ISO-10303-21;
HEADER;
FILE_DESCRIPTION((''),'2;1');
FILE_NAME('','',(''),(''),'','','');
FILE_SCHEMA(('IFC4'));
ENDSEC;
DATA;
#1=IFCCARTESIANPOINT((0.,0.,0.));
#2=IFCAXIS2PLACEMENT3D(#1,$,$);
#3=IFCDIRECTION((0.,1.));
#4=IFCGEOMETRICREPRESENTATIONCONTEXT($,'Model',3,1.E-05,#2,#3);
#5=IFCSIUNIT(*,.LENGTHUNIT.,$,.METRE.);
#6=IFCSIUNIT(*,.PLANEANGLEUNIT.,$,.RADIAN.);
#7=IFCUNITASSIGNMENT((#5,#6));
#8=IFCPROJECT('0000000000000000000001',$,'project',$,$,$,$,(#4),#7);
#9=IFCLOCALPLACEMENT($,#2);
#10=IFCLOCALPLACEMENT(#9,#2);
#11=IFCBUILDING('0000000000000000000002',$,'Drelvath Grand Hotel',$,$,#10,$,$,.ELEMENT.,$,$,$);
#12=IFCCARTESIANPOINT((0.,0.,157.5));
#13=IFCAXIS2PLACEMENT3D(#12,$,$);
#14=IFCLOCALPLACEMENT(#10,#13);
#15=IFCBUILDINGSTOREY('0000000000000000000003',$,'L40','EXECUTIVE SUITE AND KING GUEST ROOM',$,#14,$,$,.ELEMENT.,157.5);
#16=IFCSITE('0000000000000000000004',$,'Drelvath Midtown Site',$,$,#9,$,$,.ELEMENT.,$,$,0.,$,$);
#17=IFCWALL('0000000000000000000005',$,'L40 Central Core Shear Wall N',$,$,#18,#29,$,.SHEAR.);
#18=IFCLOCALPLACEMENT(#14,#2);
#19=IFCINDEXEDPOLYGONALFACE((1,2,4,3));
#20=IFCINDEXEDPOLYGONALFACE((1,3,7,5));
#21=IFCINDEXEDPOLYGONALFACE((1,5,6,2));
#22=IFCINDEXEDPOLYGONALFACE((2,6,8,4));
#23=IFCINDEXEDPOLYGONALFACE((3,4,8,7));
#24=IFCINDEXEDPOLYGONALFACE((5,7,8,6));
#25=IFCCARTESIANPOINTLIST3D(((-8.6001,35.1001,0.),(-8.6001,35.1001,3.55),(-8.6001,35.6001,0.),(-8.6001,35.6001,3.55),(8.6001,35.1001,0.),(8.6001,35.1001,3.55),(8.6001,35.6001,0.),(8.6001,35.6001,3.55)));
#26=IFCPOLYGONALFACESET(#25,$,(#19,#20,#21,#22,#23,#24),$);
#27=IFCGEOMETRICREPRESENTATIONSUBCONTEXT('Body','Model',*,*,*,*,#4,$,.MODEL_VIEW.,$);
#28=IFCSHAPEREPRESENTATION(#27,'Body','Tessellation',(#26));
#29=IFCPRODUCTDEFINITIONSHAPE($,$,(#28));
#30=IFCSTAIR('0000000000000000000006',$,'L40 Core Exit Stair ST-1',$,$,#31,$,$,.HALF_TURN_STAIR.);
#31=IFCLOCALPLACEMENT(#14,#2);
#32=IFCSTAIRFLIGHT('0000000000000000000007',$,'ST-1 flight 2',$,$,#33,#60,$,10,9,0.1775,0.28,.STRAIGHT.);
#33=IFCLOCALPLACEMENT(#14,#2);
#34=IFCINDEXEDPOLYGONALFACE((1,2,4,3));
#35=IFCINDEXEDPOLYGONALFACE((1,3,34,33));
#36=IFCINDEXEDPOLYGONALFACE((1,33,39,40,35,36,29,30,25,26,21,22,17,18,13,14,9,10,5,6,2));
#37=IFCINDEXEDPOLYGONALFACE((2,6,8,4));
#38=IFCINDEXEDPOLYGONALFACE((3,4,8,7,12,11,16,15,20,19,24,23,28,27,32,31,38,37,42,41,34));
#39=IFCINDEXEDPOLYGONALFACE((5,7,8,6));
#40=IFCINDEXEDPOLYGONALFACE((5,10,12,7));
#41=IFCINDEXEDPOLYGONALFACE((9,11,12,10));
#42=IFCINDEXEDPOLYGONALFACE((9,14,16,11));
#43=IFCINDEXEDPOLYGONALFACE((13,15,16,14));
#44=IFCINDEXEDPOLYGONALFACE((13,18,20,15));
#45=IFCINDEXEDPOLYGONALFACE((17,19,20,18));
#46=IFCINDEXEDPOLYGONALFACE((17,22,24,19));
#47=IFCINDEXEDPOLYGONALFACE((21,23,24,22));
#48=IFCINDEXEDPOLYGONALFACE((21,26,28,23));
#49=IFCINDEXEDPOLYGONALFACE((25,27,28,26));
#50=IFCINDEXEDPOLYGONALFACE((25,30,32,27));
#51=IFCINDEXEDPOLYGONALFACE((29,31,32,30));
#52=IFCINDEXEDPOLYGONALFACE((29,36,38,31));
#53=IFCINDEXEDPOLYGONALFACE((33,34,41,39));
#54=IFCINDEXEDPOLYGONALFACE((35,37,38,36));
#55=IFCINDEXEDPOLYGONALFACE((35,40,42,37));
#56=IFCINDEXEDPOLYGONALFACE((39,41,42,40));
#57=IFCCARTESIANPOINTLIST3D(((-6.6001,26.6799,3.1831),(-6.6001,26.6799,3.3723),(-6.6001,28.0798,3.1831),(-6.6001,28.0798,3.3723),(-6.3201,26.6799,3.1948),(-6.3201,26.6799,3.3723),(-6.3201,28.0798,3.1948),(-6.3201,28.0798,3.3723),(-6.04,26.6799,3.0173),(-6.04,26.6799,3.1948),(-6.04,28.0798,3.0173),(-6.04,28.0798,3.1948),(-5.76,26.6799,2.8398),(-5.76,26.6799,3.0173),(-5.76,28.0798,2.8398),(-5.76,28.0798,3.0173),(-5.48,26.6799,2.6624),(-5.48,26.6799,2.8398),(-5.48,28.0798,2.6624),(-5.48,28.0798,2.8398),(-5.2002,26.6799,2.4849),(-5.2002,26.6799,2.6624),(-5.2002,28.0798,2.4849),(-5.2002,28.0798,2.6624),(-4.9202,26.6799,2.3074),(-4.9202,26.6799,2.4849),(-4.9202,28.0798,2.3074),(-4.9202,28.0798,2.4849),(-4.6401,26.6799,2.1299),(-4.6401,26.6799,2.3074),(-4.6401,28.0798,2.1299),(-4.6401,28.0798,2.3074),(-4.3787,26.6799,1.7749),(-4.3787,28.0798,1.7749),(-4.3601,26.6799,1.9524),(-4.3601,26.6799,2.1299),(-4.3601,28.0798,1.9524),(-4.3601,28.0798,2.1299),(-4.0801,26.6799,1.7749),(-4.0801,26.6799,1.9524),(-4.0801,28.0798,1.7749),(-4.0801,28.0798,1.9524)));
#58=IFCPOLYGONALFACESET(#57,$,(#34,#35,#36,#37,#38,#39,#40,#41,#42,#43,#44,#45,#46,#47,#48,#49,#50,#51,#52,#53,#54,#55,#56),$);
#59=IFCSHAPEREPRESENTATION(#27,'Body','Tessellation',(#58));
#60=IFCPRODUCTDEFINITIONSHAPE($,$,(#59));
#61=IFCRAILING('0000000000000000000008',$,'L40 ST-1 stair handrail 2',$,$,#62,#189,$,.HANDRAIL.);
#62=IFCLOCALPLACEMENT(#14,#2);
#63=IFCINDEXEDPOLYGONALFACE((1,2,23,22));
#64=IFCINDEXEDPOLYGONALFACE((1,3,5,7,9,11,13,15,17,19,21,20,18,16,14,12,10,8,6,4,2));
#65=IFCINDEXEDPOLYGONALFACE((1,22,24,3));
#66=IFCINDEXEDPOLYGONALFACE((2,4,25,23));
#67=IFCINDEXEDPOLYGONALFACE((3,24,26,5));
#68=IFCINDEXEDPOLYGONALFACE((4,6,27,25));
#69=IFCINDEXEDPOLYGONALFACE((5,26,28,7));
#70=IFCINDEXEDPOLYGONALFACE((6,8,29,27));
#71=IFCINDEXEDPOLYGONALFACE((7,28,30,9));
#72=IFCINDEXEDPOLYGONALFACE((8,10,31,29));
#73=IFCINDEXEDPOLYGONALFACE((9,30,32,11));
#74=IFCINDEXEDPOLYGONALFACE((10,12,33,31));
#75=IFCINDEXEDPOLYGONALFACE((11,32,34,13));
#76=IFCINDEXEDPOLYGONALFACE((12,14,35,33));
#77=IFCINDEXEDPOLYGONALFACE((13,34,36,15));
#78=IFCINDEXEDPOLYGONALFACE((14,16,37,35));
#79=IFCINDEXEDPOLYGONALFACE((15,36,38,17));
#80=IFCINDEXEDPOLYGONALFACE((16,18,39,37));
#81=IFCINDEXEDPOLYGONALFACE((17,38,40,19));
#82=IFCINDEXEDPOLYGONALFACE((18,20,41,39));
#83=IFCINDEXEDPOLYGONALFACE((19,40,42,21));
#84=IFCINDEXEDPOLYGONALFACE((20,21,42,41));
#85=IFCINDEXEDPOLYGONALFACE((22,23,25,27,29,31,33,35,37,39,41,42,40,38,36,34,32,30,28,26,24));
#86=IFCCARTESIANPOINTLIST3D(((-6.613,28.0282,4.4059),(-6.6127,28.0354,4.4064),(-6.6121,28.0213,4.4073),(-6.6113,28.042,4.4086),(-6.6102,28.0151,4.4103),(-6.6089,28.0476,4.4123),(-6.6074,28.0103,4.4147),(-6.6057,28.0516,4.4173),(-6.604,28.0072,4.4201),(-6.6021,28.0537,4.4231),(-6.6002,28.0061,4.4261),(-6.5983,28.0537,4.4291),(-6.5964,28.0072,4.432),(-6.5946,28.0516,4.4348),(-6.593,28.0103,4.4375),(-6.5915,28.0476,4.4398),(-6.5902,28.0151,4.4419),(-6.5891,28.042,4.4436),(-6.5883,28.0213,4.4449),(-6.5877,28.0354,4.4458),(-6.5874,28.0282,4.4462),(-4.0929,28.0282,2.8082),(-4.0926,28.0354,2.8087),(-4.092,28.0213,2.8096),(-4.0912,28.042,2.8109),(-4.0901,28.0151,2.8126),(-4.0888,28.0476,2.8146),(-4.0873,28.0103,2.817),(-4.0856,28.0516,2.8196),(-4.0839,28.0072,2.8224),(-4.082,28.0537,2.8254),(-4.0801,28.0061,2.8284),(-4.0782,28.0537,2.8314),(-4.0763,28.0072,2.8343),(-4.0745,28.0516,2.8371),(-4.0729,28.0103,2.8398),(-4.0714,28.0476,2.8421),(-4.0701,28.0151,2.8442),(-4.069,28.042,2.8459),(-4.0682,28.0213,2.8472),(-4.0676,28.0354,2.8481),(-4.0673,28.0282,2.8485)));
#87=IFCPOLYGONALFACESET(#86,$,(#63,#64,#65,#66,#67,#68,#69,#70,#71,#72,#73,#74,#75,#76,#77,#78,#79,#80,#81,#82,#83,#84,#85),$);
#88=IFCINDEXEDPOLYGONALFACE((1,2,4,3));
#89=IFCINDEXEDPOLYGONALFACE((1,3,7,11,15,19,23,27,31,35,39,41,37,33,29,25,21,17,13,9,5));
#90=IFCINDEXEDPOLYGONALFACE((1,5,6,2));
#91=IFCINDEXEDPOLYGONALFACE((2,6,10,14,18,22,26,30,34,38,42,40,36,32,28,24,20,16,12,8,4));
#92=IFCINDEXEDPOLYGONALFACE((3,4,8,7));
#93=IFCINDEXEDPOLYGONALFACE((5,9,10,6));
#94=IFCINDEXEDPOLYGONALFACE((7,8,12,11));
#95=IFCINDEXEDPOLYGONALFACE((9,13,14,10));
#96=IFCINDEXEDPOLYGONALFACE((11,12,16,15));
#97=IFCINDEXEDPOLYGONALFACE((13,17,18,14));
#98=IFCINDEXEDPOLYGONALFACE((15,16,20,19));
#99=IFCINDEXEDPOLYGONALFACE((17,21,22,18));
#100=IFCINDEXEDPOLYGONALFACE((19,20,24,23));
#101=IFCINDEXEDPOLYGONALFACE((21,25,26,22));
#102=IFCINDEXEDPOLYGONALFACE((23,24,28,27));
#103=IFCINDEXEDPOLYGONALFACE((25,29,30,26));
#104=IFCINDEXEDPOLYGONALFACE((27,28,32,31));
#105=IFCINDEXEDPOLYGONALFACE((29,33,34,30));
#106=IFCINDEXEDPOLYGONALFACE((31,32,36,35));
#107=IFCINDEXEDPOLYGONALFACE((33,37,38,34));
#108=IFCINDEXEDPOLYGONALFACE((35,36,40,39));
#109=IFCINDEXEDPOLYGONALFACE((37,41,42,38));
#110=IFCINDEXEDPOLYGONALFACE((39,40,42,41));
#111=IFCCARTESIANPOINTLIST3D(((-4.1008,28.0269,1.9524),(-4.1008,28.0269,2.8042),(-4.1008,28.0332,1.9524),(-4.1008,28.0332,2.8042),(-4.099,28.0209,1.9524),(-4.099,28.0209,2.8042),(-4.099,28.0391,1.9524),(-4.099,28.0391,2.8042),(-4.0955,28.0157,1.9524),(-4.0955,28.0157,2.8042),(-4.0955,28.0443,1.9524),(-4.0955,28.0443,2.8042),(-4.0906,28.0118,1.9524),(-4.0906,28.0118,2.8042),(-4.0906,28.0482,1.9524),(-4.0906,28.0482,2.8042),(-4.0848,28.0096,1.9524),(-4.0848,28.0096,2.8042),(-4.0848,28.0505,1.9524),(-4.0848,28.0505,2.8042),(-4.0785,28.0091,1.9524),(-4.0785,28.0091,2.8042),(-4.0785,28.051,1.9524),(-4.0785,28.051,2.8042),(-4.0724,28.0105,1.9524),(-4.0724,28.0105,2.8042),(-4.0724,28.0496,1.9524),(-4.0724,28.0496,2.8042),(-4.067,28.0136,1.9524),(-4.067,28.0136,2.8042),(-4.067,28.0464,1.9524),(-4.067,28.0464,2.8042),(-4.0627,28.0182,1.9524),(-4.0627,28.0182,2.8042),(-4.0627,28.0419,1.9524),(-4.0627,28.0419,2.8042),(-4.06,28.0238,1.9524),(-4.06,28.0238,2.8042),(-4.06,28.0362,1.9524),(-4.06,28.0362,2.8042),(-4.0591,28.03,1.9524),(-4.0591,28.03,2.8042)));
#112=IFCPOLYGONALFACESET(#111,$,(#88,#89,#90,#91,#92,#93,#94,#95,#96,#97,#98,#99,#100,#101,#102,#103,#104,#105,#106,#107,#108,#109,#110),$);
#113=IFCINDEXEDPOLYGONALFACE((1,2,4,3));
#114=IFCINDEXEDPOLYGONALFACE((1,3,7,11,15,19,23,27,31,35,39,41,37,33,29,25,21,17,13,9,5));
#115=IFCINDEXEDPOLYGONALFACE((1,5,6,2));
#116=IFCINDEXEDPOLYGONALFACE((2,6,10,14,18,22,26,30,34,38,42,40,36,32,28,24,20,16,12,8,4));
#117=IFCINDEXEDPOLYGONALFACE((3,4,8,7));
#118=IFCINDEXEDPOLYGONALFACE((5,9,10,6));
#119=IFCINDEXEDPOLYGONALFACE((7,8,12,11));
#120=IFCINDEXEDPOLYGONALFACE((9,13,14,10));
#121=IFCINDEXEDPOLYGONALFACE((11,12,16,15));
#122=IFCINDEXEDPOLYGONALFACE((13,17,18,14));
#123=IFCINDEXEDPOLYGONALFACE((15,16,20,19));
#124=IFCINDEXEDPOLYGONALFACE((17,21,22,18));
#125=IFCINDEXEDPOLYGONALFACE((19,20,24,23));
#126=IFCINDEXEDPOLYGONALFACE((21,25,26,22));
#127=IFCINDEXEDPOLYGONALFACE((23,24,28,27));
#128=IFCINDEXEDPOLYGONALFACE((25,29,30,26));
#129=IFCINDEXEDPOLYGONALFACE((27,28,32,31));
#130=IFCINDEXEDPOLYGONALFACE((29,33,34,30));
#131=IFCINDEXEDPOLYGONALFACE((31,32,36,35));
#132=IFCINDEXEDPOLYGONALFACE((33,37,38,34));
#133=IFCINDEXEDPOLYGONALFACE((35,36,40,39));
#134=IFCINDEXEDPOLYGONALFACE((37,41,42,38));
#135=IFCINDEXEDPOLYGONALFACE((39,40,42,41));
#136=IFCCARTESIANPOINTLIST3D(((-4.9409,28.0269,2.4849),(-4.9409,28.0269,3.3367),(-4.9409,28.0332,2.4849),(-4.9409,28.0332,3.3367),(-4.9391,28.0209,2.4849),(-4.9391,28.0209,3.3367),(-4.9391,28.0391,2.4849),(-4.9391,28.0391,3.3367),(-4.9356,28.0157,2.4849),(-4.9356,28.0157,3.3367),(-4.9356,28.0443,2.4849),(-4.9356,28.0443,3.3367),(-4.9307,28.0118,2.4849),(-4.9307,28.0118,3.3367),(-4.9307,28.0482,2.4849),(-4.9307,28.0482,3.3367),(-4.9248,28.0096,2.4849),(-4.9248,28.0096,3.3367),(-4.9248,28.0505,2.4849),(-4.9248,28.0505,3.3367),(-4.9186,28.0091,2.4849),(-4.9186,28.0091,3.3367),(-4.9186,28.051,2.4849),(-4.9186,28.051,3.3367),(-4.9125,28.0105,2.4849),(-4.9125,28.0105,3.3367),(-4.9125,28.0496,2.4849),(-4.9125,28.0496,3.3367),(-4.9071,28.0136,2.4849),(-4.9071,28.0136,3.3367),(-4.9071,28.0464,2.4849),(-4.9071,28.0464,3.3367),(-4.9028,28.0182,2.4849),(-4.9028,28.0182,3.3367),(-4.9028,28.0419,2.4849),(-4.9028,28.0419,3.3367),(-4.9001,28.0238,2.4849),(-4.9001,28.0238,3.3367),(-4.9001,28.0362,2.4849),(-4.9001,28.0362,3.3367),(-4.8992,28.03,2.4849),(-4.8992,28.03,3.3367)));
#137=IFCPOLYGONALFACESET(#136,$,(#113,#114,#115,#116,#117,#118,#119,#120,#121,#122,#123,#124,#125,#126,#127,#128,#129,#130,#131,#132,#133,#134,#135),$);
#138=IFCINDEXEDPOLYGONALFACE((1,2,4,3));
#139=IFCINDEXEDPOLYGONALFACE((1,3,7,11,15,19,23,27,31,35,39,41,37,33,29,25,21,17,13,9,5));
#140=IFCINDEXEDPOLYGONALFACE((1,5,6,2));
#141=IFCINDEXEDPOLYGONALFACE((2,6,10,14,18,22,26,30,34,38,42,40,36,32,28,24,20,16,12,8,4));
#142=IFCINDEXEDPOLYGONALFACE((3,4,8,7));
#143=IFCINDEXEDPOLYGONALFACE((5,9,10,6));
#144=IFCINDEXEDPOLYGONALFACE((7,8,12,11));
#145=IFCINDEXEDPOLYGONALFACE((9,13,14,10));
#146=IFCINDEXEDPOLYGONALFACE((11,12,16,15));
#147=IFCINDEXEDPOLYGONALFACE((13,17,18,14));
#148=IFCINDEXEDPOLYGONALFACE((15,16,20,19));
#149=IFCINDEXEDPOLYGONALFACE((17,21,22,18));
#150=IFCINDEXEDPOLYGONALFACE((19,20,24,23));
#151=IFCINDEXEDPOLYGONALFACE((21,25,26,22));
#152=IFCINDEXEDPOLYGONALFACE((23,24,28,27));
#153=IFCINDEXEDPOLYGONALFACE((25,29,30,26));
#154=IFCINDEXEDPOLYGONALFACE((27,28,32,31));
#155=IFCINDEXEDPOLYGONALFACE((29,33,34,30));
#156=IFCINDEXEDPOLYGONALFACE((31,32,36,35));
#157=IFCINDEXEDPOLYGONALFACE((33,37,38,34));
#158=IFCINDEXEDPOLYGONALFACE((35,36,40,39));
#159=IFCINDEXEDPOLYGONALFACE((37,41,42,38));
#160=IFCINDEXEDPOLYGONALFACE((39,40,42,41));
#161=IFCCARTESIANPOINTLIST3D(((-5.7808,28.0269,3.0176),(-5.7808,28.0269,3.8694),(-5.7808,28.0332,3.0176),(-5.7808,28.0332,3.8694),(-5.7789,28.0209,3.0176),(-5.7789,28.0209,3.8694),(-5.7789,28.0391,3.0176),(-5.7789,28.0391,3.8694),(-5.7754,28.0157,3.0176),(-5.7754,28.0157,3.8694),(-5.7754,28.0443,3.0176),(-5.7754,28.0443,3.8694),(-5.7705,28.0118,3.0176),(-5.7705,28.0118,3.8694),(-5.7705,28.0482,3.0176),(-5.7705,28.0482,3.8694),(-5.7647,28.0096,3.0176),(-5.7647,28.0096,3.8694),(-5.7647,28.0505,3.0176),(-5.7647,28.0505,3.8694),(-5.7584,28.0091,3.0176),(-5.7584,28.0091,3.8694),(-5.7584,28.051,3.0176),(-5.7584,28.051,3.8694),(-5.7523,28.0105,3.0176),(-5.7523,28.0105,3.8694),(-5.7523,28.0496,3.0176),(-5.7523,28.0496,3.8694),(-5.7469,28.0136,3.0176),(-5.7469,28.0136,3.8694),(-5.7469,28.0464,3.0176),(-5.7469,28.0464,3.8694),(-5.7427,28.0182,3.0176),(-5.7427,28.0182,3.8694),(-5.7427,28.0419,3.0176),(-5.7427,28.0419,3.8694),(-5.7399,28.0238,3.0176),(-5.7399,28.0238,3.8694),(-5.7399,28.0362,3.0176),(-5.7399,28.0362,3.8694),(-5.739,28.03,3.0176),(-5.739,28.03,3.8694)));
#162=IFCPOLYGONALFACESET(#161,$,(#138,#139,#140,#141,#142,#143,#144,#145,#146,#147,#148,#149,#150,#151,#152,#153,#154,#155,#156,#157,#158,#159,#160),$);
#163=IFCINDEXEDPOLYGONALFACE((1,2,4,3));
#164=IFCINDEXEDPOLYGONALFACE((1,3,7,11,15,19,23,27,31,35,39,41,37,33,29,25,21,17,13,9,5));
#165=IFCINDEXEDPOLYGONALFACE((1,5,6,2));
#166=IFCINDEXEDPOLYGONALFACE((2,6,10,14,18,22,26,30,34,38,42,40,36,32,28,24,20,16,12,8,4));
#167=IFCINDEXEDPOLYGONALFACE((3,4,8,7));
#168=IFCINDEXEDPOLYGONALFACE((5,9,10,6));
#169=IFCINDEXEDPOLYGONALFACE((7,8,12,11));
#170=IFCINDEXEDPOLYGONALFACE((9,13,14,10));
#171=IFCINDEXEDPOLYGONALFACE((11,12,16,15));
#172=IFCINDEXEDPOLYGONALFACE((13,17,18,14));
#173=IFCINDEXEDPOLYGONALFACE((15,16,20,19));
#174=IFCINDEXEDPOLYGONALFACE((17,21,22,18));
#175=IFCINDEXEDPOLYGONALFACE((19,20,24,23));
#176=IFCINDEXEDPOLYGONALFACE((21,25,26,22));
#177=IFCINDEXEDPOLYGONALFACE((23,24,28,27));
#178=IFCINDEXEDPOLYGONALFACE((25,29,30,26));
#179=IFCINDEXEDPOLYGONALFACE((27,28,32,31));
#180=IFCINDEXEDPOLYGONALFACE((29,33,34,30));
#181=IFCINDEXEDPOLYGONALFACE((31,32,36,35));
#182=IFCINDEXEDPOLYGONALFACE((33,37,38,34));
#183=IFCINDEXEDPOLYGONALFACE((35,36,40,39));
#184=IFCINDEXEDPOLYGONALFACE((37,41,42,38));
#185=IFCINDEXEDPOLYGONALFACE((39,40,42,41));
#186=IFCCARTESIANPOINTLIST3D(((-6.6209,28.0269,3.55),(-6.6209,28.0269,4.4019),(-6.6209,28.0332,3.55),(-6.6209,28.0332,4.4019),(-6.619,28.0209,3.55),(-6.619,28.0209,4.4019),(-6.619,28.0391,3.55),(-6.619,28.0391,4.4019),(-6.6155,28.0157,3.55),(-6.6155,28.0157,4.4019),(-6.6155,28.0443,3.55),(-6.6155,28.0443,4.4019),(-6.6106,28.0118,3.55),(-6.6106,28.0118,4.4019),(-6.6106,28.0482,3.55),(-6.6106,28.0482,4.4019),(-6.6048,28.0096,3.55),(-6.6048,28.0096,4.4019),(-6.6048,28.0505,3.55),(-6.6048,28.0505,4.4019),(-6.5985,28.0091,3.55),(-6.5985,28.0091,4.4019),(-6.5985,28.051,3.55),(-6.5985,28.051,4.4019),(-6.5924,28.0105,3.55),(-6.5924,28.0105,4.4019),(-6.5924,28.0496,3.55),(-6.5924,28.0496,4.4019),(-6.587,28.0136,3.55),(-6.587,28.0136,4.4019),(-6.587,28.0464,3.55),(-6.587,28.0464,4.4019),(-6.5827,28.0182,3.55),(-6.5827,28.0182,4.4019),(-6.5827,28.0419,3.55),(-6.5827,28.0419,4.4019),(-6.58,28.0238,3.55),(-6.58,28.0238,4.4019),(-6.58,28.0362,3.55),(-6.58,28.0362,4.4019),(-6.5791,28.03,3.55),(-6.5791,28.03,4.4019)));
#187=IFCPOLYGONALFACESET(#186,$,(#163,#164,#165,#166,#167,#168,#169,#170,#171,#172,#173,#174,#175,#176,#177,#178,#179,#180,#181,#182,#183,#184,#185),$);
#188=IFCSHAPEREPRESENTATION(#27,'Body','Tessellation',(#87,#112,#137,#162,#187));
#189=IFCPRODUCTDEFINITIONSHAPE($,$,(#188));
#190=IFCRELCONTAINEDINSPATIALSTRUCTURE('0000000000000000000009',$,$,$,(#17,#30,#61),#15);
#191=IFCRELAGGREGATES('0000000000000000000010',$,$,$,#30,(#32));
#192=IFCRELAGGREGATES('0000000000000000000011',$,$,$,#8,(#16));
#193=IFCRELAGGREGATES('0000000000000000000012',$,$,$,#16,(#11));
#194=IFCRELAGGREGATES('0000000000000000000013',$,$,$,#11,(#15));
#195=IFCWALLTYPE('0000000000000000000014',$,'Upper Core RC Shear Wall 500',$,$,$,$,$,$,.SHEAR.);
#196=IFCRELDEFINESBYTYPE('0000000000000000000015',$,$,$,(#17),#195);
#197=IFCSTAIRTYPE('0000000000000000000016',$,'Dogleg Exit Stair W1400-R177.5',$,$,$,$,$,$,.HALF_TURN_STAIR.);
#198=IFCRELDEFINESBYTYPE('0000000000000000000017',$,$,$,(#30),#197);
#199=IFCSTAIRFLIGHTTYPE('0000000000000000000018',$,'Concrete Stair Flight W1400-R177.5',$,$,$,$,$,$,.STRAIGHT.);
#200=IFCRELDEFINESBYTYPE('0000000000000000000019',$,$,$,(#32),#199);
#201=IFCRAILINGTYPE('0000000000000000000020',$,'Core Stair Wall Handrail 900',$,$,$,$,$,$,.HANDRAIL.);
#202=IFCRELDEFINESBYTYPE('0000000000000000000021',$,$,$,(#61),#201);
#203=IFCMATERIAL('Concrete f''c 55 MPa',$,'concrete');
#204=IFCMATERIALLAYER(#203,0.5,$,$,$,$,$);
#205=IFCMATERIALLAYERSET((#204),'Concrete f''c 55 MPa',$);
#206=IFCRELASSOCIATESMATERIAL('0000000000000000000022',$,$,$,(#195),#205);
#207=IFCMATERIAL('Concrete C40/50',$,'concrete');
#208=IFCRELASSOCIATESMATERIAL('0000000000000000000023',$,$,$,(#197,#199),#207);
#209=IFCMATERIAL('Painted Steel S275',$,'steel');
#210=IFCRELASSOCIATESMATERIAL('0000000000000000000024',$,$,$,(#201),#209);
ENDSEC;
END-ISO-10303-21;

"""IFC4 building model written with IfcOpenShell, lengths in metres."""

from ifc_helpers import new_model, si_unit, direction, frame, frame_2d, origin, origin_2d, place, context, subcontext, project, spatial, polyline, rectangle, circle, outline, extrude, material, layer, layer_set, type_object, element, aggregate, save


model = new_model("IFC4")

# Units and contexts
model_context = context("Model", 3, precision=1e-05, world=origin(), true_north=direction((0.0, 1.0)))
body_context = subcontext(model_context, "Body", "Model", "MODEL_VIEW")
ifc_project = project(units=[si_unit("LENGTHUNIT", "METRE"), si_unit("PLANEANGLEUNIT", "RADIAN")], contexts=[model_context])

# Site, building, storey
site_placement = place(None, origin())
site = spatial("IfcSite", under=ifc_project, at=site_placement, Name="Drelvath Midtown Site", CompositionType="ELEMENT", RefElevation=0.0)
building_placement = place(site_placement, origin())
building = spatial("IfcBuilding", under=site, at=building_placement, Name="Drelvath Grand Hotel", CompositionType="ELEMENT")
storey_placement = place(building_placement, frame((0.0, 0.0, 157.5)))
storey = spatial("IfcBuildingStorey", under=building, at=storey_placement, Name="L40", Description="EXECUTIVE SUITE AND KING GUEST ROOM", CompositionType="ELEMENT", Elevation=157.5)

# Shared definitions
ifc_material_1 = material(Name="Concrete f'c 55 MPa", Category="concrete")

# Shared definitions
ifc_material_2 = material(Name="Painted Steel S275", Category="steel")

# Shared definitions
ifc_material_3 = material(Name="Concrete C40/50", Category="concrete")

# Wall
ifc_layer_1 = layer(ifc_material_1, 0.5)
ifc_layer_set_1 = layer_set([ifc_layer_1], Name="Concrete f'c 55 MPa")
wall_type_1 = type_object("IfcWallType", Name="Upper Core RC Shear Wall 500", PredefinedType="SHEAR", material=ifc_layer_set_1)
wall_1_placement = place(storey_placement, frame((-8.6001, 35.3501, 0.0), z_axis=(0.0, 0.0, 1.0), x_axis=(1.0, 0.0, 0.0)))
element("IfcWall", 1, at=wall_1_placement, inside=storey, type_object=wall_type_1, Name="L40 Central Core Shear Wall N", PredefinedType="SHEAR", context=body_context, shape_type="SweptSolid", body=[
    extrude(rectangle(XDim=17.2002, YDim=0.5, at=frame_2d((8.6001, 0.0))), origin(), (0.0, 0.0, 1.0), 3.55),
])

# Stair, stair flight
stair_type = type_object("IfcStairType", Name="Dogleg Exit Stair W1400-R177.5", PredefinedType="HALF_TURN_STAIR", material=ifc_material_3)
stair_placement = place(storey_placement, origin())
stair = element("IfcStair", 2, at=stair_placement, inside=storey, type_object=stair_type, Name="L40 Core Exit Stair ST-1", PredefinedType="HALF_TURN_STAIR")
stair_flight_type = type_object("IfcStairFlightType", Name="Concrete Stair Flight W1400-R177.5", PredefinedType="STRAIGHT", material=ifc_material_3)
stair_flight_placement = place(storey_placement, frame((-4.0801, 27.3799, 1.7749), z_axis=(0.0, 0.0, 1.0), x_axis=(-1.0, 0.0, 0.0)))
stair_flight = element("IfcStairFlight", 3, at=stair_flight_placement, type_object=stair_flight_type, Name="ST-1 flight 2", NumberOfRisers=10, NumberOfTreads=9, PredefinedType="STRAIGHT", RiserHeight=0.1775, TreadLength=0.28, context=body_context, shape_type="SweptSolid", body=[
    extrude(outline(polyline([(0.0, 0.0), (0.0, 0.1775), (0.28, 0.1775), (0.28, 0.355), (0.5601, 0.355), (0.5601, 0.5325), (0.8401, 0.5325), (0.8401, 0.71), (1.1201, 0.71), (1.1201, 0.8875), (1.3999, 0.8875), (1.3999, 1.0649), (1.6799, 1.0649), (1.6799, 1.2424), (1.96, 1.2424), (1.96, 1.4199), (2.24, 1.4199), (2.24, 1.5974), (2.52, 1.5974), (2.52, 1.7749), (2.52, 1.4082), (0.2986, 0.0), (0.0, 0.0)])), frame((0.0, 0.7, 0.0), z_axis=(0.0, -1.0, 0.0), x_axis=(1.0, 0.0, 0.0)), (0.0, 0.0, 1.0), 1.3999),
])
aggregate(stair, [stair_flight])

# Railing
railing_type = type_object("IfcRailingType", Name="Core Stair Wall Handrail 900", PredefinedType="HANDRAIL", material=ifc_material_2)
railing_placement = place(storey_placement, frame((-4.0801, 28.03, 1.9524)))
element("IfcRailing", 4, at=railing_placement, inside=storey, type_object=railing_type, Name="L40 ST-1 stair handrail 2", PredefinedType="HANDRAIL", context=body_context, shape_type="SweptSolid", body=[
    extrude(circle(Radius=0.0239, at=origin_2d()), frame((0.0, 0.0, 0.876), z_axis=(-0.84457, 0.0, 0.535445), x_axis=(0.0, -1.0, 0.0)), (0.0, 0.0, 1.0), 2.9839),
    extrude(circle(Radius=0.021, at=origin_2d()), origin(), (0.0, 0.0, 1.0), 0.8518),
    extrude(circle(Radius=0.021, at=origin_2d()), frame((-0.8401, 0.0, 0.5325)), (0.0, 0.0, 1.0), 0.8518),
    extrude(circle(Radius=0.021, at=origin_2d()), frame((-1.6799, 0.0, 1.0652)), (0.0, 0.0, 1.0), 0.8518),
    extrude(circle(Radius=0.021, at=origin_2d()), frame((-2.52, 0.0, 1.5977)), (0.0, 0.0, 1.0), 0.8518),
])

save(model, "model.ifc")
